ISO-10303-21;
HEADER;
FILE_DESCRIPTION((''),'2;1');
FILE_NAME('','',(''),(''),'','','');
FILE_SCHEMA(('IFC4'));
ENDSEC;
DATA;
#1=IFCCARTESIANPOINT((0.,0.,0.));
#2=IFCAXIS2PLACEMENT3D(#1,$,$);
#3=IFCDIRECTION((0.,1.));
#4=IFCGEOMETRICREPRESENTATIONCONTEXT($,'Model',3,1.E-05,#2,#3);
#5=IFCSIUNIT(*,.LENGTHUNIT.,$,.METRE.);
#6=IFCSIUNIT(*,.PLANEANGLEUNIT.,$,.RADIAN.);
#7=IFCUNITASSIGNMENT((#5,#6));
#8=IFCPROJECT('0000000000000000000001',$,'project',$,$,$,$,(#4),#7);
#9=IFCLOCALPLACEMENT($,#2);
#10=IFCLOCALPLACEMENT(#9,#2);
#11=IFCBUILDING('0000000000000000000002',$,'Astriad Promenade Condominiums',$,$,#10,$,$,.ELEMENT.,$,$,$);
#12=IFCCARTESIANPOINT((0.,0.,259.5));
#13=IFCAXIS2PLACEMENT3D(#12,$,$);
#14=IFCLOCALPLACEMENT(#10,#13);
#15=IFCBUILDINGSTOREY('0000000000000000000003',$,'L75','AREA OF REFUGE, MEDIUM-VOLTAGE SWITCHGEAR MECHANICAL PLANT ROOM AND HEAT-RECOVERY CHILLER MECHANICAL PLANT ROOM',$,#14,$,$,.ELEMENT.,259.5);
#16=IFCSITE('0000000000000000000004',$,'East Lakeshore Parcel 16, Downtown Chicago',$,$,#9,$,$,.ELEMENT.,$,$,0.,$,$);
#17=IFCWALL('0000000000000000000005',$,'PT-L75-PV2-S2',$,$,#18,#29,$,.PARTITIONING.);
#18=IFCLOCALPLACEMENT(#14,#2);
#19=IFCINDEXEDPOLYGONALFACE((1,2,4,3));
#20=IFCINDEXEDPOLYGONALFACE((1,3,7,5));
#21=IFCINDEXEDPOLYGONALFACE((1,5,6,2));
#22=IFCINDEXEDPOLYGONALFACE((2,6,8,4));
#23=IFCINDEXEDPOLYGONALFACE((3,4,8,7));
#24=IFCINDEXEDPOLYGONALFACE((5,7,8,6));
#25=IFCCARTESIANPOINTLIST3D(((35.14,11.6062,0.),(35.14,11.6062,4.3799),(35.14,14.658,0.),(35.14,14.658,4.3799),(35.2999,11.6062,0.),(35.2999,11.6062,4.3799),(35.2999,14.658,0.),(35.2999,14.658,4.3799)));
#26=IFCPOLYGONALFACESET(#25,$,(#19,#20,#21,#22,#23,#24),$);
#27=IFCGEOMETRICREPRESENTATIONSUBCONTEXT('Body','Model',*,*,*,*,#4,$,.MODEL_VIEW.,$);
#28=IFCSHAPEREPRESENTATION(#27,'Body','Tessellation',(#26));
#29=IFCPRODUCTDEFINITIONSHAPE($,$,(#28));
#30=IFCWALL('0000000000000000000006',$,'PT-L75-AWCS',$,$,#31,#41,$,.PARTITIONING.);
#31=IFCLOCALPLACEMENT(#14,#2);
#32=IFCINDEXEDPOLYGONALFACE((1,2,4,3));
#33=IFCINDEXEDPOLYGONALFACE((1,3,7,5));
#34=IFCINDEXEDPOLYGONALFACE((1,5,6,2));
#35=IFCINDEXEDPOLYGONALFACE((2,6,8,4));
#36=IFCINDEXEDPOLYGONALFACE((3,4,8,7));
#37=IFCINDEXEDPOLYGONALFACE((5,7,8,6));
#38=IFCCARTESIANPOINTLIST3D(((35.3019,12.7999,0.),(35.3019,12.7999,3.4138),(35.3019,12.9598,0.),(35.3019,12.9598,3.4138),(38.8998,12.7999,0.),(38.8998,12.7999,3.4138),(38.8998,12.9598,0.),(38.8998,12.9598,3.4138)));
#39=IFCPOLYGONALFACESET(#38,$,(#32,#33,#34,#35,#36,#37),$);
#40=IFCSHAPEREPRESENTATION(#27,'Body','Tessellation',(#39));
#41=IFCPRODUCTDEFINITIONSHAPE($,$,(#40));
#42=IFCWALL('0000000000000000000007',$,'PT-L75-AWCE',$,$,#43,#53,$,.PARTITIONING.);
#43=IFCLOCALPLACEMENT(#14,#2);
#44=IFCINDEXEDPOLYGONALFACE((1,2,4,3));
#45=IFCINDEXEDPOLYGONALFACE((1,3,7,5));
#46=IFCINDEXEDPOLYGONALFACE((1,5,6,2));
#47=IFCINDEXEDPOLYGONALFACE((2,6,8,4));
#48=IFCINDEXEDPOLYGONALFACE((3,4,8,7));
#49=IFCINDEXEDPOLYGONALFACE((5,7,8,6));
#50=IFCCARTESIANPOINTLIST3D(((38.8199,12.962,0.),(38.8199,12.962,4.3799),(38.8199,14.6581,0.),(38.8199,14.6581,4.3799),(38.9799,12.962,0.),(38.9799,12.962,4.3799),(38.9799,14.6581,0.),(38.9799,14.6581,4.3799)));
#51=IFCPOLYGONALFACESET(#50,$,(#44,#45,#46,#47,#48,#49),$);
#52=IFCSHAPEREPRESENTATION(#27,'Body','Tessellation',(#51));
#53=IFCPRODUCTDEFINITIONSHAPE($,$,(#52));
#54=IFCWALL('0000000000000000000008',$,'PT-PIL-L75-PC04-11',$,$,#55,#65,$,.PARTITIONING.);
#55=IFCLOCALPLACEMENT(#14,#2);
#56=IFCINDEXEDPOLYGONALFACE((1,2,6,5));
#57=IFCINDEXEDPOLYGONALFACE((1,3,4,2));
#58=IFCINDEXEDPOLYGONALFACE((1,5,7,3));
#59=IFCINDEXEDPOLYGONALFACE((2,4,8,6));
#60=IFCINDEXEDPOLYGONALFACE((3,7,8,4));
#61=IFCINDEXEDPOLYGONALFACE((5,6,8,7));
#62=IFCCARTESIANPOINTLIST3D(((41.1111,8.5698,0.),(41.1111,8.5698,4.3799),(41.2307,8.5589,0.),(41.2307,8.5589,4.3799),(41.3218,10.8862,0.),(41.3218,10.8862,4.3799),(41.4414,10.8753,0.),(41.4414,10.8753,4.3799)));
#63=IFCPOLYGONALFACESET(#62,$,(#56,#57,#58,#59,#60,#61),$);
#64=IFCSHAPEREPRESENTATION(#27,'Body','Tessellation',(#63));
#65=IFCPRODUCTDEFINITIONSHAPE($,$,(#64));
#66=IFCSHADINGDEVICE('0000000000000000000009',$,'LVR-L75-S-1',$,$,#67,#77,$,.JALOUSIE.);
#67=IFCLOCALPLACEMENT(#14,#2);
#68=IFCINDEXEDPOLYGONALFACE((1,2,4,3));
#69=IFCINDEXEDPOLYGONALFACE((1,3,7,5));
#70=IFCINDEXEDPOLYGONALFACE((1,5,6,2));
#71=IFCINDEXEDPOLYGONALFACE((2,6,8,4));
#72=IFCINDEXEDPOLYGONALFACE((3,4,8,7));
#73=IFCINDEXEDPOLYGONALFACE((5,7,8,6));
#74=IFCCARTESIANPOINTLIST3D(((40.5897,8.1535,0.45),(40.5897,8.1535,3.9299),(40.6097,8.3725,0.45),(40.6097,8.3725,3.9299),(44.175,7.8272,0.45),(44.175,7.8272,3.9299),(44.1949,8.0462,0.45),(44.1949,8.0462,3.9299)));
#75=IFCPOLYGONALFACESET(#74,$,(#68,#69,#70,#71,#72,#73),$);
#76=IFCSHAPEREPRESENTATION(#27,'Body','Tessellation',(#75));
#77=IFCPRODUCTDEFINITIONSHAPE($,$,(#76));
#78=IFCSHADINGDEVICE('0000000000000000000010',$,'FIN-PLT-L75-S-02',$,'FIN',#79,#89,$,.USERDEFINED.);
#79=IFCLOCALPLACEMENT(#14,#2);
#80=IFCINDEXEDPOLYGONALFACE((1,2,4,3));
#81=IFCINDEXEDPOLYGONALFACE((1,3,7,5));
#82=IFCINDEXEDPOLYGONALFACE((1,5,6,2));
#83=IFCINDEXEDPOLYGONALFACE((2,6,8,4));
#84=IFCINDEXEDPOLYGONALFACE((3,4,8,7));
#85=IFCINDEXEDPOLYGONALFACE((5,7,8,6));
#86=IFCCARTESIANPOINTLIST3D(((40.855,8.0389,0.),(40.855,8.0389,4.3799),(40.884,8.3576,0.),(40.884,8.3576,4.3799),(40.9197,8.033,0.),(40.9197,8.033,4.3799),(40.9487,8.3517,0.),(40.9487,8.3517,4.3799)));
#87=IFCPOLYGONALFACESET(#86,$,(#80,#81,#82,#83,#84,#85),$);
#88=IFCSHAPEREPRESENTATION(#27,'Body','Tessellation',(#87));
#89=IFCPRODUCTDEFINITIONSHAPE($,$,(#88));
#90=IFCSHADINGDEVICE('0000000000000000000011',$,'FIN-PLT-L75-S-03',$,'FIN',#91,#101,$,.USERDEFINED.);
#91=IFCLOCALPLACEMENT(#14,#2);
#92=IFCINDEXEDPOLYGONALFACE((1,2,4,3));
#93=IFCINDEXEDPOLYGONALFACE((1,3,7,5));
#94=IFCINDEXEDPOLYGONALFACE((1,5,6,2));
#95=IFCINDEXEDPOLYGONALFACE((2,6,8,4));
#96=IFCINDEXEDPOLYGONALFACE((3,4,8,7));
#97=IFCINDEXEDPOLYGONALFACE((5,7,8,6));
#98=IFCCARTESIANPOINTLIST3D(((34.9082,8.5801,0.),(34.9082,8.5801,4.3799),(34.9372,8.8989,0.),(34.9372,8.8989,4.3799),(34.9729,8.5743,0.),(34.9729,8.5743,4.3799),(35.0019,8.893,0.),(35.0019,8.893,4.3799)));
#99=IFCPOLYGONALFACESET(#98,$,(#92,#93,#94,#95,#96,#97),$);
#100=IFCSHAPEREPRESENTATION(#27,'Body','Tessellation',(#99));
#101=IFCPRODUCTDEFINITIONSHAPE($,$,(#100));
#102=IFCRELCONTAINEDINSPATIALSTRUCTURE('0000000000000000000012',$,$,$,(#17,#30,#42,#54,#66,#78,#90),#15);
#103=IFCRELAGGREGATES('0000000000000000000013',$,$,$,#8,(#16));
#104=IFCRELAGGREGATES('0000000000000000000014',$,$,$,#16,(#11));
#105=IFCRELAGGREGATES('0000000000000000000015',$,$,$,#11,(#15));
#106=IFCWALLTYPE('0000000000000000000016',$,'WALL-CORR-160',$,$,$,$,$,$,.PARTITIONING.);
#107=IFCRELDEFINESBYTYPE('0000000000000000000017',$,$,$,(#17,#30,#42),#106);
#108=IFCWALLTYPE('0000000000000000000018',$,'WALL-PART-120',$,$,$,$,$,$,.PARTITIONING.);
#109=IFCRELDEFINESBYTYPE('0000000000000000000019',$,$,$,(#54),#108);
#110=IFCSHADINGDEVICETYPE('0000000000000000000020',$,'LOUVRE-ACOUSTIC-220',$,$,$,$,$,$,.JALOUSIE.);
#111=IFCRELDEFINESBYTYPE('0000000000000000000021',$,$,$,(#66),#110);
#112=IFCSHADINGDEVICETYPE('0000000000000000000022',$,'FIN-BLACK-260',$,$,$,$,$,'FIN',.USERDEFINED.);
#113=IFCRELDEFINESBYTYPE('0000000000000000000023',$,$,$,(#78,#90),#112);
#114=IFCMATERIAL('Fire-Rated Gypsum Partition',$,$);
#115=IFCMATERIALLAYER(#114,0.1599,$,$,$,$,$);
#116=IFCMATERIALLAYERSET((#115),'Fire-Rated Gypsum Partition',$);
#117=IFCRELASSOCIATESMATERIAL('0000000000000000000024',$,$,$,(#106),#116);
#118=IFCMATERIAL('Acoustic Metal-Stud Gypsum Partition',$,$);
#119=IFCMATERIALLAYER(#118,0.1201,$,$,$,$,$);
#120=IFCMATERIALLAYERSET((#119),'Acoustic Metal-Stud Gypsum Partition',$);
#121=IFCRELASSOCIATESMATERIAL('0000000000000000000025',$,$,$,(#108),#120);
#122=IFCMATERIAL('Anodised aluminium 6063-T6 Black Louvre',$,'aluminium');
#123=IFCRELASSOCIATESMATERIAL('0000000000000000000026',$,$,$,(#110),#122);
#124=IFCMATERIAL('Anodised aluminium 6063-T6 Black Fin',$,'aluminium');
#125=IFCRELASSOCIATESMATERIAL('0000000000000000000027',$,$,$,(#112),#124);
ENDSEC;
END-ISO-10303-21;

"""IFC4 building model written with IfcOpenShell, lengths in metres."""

from ifc_helpers import new_model, si_unit, direction, frame, frame_2d, origin, origin_2d, place, context, subcontext, project, spatial, rectangle, extrude, source, transform, mapped, material, layer, layer_set, type_object, type_shapes, element, save


model = new_model("IFC4")

# Units and contexts
model_context = context("Model", 3, precision=1e-05, world=origin(), true_north=direction((0.0, 1.0)))
body_context = subcontext(model_context, "Body", "Model", "MODEL_VIEW")
ifc_project = project(units=[si_unit("LENGTHUNIT", "METRE"), si_unit("PLANEANGLEUNIT", "RADIAN")], contexts=[model_context])

# Site, building, storey
site_placement = place(None, origin())
site = spatial("IfcSite", under=ifc_project, at=site_placement, Name="East Lakeshore Parcel 16, Downtown Chicago", CompositionType="ELEMENT", RefElevation=0.0)
building_placement = place(site_placement, origin())
building = spatial("IfcBuilding", under=site, at=building_placement, Name="Astriad Promenade Condominiums", CompositionType="ELEMENT")
storey_placement = place(building_placement, frame((0.0, 0.0, 259.5)))
storey = spatial("IfcBuildingStorey", under=building, at=storey_placement, Name="L75", Description="AREA OF REFUGE, MEDIUM-VOLTAGE SWITCHGEAR MECHANICAL PLANT ROOM AND HEAT-RECOVERY CHILLER MECHANICAL PLANT ROOM", CompositionType="ELEMENT", Elevation=259.5)

# Walls
ifc_material_1 = material(Name="Fire-Rated Gypsum Partition")
ifc_layer_1 = layer(ifc_material_1, 0.1599)
ifc_layer_set_1 = layer_set([ifc_layer_1], Name="Fire-Rated Gypsum Partition")
wall_type_1 = type_object("IfcWallType", Name="WALL-CORR-160", PredefinedType="PARTITIONING", material=ifc_layer_set_1)
wall_1_placement = place(storey_placement, frame((35.22, 11.6062, 0.0), z_axis=(0.0, 0.0, 1.0), x_axis=(0.0, 1.0, 0.0)))
element("IfcWall", 1, at=wall_1_placement, inside=storey, type_object=wall_type_1, Name="PT-L75-PV2-S2", PredefinedType="PARTITIONING", context=body_context, shape_type="SweptSolid", body=[
    extrude(rectangle(XDim=3.0518, YDim=0.1599, at=frame_2d((1.5259, 0.0))), origin(), (0.0, 0.0, 1.0), 4.3799),
])
wall_2_placement = place(storey_placement, frame((35.302, 12.8799, 0.0), z_axis=(0.0, 0.0, 1.0), x_axis=(1.0, 0.0, 0.0)))
element("IfcWall", 2, at=wall_2_placement, inside=storey, type_object=wall_type_1, Name="PT-L75-AWCS", PredefinedType="PARTITIONING", context=body_context, shape_type="SweptSolid", body=[
    extrude(rectangle(XDim=3.5979, YDim=0.1599, at=frame_2d((1.7988, 0.0))), origin(), (0.0, 0.0, 1.0), 3.4138),
])
wall_3_placement = place(storey_placement, frame((38.8999, 12.9619, 0.0), z_axis=(0.0, 0.0, 1.0), x_axis=(0.0, 1.0, 0.0)))
element("IfcWall", 3, at=wall_3_placement, inside=storey, type_object=wall_type_1, Name="PT-L75-AWCE", PredefinedType="PARTITIONING", context=body_context, shape_type="SweptSolid", body=[
    extrude(rectangle(XDim=1.696, YDim=0.1599, at=frame_2d((0.8481, 0.0))), origin(), (0.0, 0.0, 1.0), 4.3799),
])
ifc_material_2 = material(Name="Acoustic Metal-Stud Gypsum Partition")
ifc_layer_2 = layer(ifc_material_2, 0.1201)
ifc_layer_set_2 = layer_set([ifc_layer_2], Name="Acoustic Metal-Stud Gypsum Partition")
wall_type_2 = type_object("IfcWallType", Name="WALL-PART-120", PredefinedType="PARTITIONING", material=ifc_layer_set_2)
wall_4_placement = place(storey_placement, frame((41.3816, 10.8809, 0.0), z_axis=(0.0, 0.0, 1.0), x_axis=(-0.090583, -0.995889, 0.0)))
element("IfcWall", 4, at=wall_4_placement, inside=storey, type_object=wall_type_2, Name="PT-PIL-L75-PC04-11", PredefinedType="PARTITIONING", context=body_context, shape_type="SweptSolid", body=[
    extrude(rectangle(XDim=2.3259, YDim=0.1201, at=frame_2d((1.1631, 0.0))), origin(), (0.0, 0.0, 1.0), 4.3799),
])

# Shading devices
ifc_material_3 = material(Name="Anodised aluminium 6063-T6 Black Louvre", Category="aluminium")
shading_device_type_1 = type_object("IfcShadingDeviceType", Name="LOUVRE-ACOUSTIC-220", PredefinedType="JALOUSIE", material=ifc_material_3)
shared_shape_1 = source(origin(), body_context, "Body", "SweptSolid", [
    extrude(rectangle(XDim=3.6001, YDim=0.22, at=origin_2d()), origin(), (0.0, 0.0, 1.0), 3.48),
])
type_shapes(shading_device_type_1, [shared_shape_1])
shading_device_placement = place(storey_placement, frame((42.3923, 8.0999, 0.45), z_axis=(0.0, 0.0, 1.0), x_axis=(-0.995884, 0.090633, 0.0)))
element("IfcShadingDevice", 5, at=shading_device_placement, inside=storey, type_object=shading_device_type_1, Name="LVR-L75-S-1", PredefinedType="JALOUSIE", context=body_context, shape_type="MappedRepresentation", body=[
    mapped(shared_shape_1, transform((0.0, 0.0, 0.0), scale=1.0)),
])
ifc_material_4 = material(Name="Anodised aluminium 6063-T6 Black Fin", Category="aluminium")
shading_device_type_2 = type_object("IfcShadingDeviceType", Name="FIN-BLACK-260", ElementType="FIN", PredefinedType="USERDEFINED", material=ifc_material_4)
shared_shape_2 = source(origin(), body_context, "Body", "SweptSolid", [
    extrude(rectangle(XDim=0.0649, YDim=0.3201, at=origin_2d()), origin(), (0.0, 0.0, 1.0), 4.3799),
])
type_shapes(shading_device_type_2, [shared_shape_2])
for number, where, z_axis, x_axis, name in (
    (6, (40.9019, 8.1953, 0.0), (0.0, 0.0, 1.0), (-0.995884, 0.090633, 0.0), "FIN-PLT-L75-S-02"),
    (7, (34.9551, 8.7366, 0.0), (0.0, 0.0, 1.0), (-0.995884, 0.090633, 0.0), "FIN-PLT-L75-S-03"),
):
    element("IfcShadingDevice", number, at=place(storey_placement, frame(where, z_axis=z_axis, x_axis=x_axis)), inside=storey, type_object=shading_device_type_2, Name=name, ObjectType="FIN", PredefinedType="USERDEFINED", context=body_context, shape_type="MappedRepresentation", body=[
        mapped(shared_shape_2, transform((0.0, 0.0, 0.0), scale=1.0)),
    ])

save(model, "model.ifc")
